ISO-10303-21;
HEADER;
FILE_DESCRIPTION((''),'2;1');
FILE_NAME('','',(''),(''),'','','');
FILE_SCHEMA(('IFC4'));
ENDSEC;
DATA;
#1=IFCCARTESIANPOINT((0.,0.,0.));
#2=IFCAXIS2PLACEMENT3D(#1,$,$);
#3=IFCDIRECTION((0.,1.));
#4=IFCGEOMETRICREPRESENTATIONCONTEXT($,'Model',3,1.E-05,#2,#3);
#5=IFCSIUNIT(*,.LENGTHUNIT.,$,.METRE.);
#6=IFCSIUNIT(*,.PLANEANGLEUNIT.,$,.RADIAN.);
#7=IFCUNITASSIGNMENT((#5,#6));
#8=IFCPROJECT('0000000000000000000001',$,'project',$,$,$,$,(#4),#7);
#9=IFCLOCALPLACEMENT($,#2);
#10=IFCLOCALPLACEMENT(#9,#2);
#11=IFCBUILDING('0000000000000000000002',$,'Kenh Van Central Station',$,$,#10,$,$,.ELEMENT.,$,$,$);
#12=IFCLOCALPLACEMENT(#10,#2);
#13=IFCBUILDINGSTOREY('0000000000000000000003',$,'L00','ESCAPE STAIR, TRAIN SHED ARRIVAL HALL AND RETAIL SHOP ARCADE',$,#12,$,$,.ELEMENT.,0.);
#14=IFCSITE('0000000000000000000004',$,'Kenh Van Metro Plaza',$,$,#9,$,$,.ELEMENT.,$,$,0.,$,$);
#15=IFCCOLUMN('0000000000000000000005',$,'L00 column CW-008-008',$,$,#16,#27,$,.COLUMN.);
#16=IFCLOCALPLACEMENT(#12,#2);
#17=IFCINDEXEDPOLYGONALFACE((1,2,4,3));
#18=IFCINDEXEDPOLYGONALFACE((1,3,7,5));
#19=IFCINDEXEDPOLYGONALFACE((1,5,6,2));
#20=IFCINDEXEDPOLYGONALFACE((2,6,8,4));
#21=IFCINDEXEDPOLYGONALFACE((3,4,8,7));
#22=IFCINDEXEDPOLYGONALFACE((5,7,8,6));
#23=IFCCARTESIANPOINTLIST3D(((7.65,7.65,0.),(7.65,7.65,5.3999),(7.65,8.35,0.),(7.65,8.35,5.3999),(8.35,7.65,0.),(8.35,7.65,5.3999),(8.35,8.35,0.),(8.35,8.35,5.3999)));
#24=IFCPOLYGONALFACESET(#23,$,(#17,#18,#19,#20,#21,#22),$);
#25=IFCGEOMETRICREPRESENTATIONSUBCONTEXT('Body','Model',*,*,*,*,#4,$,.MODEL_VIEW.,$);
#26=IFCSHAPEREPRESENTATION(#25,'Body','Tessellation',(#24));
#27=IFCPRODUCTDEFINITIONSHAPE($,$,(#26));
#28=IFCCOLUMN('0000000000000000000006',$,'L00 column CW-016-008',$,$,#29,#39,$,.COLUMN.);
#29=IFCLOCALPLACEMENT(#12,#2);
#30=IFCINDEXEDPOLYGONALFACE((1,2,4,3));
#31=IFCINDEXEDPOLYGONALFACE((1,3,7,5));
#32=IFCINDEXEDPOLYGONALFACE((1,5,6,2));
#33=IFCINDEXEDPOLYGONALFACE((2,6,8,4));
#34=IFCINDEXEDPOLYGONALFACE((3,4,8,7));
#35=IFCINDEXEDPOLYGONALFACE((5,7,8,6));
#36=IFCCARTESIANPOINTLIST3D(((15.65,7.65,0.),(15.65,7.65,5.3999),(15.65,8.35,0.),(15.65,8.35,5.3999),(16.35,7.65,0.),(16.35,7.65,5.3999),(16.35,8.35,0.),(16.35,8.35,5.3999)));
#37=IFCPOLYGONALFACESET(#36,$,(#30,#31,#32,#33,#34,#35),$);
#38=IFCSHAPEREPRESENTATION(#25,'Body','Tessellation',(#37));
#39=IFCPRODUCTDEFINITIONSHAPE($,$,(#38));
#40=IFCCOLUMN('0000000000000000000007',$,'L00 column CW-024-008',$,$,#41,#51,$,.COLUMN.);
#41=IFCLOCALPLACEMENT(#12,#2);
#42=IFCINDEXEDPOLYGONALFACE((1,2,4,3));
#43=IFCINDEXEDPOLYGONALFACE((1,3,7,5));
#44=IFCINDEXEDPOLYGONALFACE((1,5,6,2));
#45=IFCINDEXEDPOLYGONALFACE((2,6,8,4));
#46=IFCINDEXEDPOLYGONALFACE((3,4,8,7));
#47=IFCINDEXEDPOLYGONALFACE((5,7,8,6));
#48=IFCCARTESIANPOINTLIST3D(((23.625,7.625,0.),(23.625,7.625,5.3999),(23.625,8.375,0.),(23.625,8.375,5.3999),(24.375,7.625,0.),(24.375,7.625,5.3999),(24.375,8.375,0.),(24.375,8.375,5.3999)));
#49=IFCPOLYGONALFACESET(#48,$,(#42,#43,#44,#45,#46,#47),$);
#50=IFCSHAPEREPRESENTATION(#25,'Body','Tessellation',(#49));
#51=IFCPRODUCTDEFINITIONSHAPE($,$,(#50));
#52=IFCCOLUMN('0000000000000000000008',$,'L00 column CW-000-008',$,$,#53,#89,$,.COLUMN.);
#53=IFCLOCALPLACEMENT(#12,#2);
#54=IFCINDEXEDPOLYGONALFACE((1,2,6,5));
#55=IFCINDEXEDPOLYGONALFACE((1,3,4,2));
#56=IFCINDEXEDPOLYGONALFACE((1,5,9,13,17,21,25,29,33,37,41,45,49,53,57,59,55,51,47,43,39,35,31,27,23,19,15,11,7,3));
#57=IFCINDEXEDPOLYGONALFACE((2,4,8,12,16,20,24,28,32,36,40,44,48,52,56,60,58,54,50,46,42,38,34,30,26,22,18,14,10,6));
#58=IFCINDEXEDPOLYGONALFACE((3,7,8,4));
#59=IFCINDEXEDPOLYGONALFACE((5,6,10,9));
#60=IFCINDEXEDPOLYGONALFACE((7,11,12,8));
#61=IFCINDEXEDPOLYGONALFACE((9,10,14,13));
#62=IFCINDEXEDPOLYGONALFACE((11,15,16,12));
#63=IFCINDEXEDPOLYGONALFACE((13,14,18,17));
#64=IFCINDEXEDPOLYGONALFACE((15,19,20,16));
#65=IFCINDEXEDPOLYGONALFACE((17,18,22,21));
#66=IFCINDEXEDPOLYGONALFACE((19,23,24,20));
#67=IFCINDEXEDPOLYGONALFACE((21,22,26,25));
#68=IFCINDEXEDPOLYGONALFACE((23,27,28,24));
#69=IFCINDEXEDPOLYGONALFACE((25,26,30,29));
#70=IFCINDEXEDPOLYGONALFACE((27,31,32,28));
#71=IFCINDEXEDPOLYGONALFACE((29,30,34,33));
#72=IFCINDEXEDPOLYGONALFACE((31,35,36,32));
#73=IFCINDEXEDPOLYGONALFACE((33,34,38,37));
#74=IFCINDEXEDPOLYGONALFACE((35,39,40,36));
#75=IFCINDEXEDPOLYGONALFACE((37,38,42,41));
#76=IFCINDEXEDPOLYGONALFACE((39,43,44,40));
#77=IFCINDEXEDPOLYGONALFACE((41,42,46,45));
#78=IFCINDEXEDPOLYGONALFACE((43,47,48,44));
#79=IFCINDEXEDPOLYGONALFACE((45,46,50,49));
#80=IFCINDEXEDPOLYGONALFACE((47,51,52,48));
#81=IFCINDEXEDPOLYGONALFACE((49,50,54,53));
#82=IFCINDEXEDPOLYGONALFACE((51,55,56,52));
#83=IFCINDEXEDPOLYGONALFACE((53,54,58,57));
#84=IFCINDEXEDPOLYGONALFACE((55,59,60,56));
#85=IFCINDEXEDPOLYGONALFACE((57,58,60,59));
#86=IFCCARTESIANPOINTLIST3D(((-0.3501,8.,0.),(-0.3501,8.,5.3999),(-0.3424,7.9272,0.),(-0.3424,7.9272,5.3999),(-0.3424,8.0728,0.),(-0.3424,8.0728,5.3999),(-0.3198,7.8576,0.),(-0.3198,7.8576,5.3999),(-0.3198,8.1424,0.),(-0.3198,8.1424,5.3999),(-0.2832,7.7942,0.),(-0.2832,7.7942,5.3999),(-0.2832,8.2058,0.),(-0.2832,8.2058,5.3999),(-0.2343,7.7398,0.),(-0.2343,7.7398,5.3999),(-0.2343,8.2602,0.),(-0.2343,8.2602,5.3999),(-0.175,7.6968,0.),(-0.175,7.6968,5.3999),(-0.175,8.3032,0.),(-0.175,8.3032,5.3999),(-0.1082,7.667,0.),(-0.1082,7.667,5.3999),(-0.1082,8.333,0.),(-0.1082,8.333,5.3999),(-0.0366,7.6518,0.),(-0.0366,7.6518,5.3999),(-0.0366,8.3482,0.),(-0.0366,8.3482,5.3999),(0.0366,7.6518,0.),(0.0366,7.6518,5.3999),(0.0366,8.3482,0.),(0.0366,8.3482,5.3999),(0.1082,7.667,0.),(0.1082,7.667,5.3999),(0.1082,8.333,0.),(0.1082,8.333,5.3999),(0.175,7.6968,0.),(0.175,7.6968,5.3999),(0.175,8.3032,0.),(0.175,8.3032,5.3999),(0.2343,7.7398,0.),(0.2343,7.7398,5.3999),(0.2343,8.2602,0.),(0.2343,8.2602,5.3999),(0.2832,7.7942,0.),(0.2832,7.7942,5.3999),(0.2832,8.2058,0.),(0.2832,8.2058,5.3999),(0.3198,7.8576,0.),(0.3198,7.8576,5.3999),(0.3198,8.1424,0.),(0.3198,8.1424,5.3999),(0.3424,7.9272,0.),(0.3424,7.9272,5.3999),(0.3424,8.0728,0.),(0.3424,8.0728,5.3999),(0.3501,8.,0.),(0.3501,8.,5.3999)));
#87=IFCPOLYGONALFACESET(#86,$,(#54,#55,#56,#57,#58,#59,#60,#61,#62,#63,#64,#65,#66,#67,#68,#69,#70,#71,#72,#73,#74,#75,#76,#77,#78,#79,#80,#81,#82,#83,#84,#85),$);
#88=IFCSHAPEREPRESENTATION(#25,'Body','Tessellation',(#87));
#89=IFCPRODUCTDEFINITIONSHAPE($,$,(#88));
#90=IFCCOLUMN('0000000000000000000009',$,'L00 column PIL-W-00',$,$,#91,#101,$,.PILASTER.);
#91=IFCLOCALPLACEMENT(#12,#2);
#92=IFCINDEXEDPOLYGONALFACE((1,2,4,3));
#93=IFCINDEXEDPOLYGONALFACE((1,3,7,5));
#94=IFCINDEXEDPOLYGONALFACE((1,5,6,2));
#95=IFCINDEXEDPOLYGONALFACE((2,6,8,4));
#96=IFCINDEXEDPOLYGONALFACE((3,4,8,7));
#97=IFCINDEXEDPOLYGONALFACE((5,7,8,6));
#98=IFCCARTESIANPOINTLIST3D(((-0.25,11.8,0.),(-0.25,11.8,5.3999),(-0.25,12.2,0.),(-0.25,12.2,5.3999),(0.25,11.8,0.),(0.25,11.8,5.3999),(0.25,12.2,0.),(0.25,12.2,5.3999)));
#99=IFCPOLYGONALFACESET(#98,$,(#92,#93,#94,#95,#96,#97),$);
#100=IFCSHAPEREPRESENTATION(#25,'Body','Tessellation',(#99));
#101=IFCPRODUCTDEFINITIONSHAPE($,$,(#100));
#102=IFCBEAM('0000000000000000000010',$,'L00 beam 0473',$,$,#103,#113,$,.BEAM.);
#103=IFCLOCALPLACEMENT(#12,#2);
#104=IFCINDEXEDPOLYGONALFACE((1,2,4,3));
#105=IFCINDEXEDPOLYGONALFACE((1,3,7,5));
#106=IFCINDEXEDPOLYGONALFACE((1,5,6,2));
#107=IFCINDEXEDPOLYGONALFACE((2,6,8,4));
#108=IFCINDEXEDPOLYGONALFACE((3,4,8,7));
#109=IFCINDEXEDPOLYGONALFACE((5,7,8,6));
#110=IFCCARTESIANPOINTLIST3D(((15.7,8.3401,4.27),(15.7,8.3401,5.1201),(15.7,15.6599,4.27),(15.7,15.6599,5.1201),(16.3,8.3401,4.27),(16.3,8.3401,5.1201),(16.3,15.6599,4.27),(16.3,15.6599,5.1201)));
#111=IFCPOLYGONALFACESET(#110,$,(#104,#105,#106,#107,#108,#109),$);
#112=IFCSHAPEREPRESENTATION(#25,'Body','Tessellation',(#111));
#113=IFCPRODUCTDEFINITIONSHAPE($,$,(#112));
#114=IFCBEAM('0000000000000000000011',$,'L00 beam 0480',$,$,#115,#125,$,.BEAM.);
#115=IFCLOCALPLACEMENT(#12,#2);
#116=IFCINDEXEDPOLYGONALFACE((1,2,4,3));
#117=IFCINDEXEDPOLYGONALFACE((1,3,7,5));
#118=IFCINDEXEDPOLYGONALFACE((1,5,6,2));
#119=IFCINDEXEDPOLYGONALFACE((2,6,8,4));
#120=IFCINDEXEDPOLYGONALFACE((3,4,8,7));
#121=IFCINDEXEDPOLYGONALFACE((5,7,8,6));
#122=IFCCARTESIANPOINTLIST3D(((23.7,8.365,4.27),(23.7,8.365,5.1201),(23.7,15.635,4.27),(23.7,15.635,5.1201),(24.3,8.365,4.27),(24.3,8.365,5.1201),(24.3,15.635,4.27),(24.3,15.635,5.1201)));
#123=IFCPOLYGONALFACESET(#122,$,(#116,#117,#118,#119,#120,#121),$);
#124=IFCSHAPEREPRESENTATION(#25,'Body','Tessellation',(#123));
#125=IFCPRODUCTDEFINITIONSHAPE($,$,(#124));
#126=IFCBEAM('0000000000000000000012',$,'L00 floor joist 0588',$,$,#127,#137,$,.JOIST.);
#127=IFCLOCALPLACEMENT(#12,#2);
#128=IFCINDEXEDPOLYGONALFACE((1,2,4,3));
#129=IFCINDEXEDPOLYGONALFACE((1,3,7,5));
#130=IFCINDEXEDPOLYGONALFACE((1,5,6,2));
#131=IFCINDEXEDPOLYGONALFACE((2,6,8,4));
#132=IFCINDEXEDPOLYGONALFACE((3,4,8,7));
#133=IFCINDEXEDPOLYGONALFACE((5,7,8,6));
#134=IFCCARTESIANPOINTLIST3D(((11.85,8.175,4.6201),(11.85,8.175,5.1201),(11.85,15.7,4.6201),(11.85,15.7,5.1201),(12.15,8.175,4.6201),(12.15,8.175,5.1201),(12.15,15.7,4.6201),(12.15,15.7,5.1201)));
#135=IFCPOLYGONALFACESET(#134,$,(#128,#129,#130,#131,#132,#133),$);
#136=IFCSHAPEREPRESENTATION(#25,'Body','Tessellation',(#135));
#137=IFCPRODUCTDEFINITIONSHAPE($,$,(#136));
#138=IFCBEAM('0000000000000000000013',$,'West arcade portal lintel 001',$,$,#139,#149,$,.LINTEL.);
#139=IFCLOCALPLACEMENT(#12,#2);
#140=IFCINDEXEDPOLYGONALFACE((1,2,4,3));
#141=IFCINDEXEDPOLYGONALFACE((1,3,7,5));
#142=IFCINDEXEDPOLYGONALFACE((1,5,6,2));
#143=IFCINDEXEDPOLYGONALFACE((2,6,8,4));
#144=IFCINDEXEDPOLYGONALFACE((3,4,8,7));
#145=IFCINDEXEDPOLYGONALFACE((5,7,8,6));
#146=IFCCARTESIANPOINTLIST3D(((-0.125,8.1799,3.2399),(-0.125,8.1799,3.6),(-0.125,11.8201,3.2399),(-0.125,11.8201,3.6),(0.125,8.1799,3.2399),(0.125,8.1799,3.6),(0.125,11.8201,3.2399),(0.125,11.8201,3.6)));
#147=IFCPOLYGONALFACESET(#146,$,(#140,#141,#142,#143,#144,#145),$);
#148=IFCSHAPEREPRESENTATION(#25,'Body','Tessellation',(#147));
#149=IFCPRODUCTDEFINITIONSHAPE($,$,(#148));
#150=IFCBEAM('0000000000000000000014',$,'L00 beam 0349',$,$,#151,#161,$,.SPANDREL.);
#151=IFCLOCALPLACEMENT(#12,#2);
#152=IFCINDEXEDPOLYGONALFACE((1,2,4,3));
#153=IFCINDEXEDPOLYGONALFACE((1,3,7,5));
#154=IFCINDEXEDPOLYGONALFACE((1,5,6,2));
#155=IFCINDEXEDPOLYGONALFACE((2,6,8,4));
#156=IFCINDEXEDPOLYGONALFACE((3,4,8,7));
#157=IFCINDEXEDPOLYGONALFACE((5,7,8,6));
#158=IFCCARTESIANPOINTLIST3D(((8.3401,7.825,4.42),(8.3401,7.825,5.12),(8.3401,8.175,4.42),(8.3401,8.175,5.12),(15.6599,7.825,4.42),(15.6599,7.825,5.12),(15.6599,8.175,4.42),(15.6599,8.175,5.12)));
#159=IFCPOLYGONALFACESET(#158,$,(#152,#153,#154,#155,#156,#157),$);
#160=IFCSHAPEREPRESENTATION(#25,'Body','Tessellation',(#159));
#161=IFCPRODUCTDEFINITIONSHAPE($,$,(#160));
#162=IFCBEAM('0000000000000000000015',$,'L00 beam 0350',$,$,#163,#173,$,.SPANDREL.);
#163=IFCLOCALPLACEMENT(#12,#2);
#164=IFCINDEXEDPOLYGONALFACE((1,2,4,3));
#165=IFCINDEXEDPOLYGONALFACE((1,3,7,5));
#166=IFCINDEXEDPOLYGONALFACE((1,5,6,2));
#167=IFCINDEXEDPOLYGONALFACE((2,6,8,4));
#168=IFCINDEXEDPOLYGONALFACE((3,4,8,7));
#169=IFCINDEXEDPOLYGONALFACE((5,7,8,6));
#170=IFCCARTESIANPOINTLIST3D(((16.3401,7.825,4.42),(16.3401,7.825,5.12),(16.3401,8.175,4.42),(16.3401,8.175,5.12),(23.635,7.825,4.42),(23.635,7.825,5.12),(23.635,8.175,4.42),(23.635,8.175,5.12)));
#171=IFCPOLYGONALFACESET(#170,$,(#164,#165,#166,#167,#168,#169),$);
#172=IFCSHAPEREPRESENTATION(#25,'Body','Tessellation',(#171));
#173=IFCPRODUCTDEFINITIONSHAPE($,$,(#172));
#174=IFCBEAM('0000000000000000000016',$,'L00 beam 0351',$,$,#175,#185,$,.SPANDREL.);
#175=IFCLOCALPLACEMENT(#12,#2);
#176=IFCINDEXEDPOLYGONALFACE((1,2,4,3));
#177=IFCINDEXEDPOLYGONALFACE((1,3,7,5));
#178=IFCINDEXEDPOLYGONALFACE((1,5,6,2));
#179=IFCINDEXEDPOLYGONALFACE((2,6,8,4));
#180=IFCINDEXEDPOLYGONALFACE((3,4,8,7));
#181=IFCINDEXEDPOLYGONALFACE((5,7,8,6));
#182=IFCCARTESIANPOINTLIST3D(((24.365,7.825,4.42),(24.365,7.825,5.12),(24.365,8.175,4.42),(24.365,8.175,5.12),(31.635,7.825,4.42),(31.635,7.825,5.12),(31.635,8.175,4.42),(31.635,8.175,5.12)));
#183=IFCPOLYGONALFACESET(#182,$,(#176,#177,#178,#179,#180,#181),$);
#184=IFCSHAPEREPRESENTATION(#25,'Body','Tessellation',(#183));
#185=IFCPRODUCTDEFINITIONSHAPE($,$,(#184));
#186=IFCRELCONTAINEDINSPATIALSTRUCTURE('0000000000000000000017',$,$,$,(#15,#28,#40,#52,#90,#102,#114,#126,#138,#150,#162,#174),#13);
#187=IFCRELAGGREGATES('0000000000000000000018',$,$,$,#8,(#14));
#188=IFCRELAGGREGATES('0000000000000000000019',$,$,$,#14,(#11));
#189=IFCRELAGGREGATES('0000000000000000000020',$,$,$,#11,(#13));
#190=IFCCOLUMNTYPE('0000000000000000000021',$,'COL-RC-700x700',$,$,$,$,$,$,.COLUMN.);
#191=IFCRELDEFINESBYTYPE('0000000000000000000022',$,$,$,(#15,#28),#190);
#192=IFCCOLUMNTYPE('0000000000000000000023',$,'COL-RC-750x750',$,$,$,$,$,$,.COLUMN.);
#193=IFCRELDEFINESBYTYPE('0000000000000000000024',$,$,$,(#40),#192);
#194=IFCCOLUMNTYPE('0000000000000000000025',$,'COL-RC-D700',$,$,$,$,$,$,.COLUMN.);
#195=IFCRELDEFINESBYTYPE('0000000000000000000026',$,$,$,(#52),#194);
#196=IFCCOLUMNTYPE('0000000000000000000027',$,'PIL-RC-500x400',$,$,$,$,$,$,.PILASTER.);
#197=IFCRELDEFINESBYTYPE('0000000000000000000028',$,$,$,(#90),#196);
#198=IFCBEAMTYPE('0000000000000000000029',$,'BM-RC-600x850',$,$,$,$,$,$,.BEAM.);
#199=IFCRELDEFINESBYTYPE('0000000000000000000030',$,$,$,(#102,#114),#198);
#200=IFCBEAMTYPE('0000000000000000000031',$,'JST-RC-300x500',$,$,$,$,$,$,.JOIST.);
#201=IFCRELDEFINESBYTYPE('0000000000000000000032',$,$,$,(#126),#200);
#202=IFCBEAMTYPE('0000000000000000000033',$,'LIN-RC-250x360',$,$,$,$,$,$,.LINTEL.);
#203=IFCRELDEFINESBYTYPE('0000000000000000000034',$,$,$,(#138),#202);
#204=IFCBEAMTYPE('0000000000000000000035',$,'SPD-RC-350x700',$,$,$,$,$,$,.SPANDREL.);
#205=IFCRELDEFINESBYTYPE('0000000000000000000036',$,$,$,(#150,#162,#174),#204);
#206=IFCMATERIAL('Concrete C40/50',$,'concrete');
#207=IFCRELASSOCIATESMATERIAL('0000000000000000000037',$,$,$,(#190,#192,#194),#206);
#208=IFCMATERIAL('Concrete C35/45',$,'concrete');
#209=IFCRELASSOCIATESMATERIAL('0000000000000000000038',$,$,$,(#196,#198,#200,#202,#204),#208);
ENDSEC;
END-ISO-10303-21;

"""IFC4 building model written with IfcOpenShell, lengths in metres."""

from ifc_helpers import new_model, si_unit, direction, frame, origin, origin_2d, place, context, subcontext, project, spatial, rectangle, circle, extrude, material, material_profile, profile_set, type_object, element, save


model = new_model("IFC4")

# Units and contexts
model_context = context("Model", 3, precision=1e-05, world=origin(), true_north=direction((0.0, 1.0)))
body_context = subcontext(model_context, "Body", "Model", "MODEL_VIEW")
ifc_project = project(units=[si_unit("LENGTHUNIT", "METRE"), si_unit("PLANEANGLEUNIT", "RADIAN")], contexts=[model_context])

# Site, building, storey
site_placement = place(None, origin())
site = spatial("IfcSite", under=ifc_project, at=site_placement, Name="Kenh Van Metro Plaza", CompositionType="ELEMENT", RefElevation=0.0)
building_placement = place(site_placement, origin())
building = spatial("IfcBuilding", under=site, at=building_placement, Name="Kenh Van Central Station", CompositionType="ELEMENT")
storey_placement = place(building_placement, origin())
storey = spatial("IfcBuildingStorey", under=building, at=storey_placement, Name="L00", Description="ESCAPE STAIR, TRAIN SHED ARRIVAL HALL AND RETAIL SHOP ARCADE", CompositionType="ELEMENT", Elevation=0.0)

# Columns
ifc_material_1 = material(Name="Concrete C40/50", Category="concrete")
ifc_material_profile_1 = material_profile(ifc_material_1, rectangle(XDim=0.7, YDim=0.7, at=origin_2d()), Name="RC 700x700")
ifc_profile_set_1 = profile_set([ifc_material_profile_1], Name="Concrete C40/50")
column_type_1 = type_object("IfcColumnType", Name="COL-RC-700x700", PredefinedType="COLUMN", material=ifc_profile_set_1)
for number, where, z_axis, x_axis, name in (
    (1, (8.0, 8.0, 0.0), (0.0, 0.0, 1.0), (1.0, 0.0, 0.0), "L00 column CW-008-008"),
    (2, (16.0, 8.0, 0.0), (0.0, 0.0, 1.0), (1.0, 0.0, 0.0), "L00 column CW-016-008"),
):
    element("IfcColumn", number, at=place(storey_placement, frame(where, z_axis=z_axis, x_axis=x_axis)), inside=storey, type_object=column_type_1, Name=name, PredefinedType="COLUMN", context=body_context, shape_type="SweptSolid", body=[
        extrude(rectangle(XDim=0.7, YDim=0.7, at=origin_2d()), origin(), (0.0, 0.0, 1.0), 5.3999),
    ])
ifc_material_profile_2 = material_profile(ifc_material_1, rectangle(XDim=0.75, YDim=0.75, at=origin_2d()), Name="RC 750x750")
ifc_profile_set_2 = profile_set([ifc_material_profile_2], Name="Concrete C40/50")
column_type_2 = type_object("IfcColumnType", Name="COL-RC-750x750", PredefinedType="COLUMN", material=ifc_profile_set_2)
column_1_placement = place(storey_placement, frame((24.0, 8.0, 0.0), z_axis=(0.0, 0.0, 1.0), x_axis=(1.0, 0.0, 0.0)))
element("IfcColumn", 3, at=column_1_placement, inside=storey, type_object=column_type_2, Name="L00 column CW-024-008", PredefinedType="COLUMN", context=body_context, shape_type="SweptSolid", body=[
    extrude(rectangle(XDim=0.75, YDim=0.75, at=origin_2d()), origin(), (0.0, 0.0, 1.0), 5.3999),
])
ifc_material_profile_3 = material_profile(ifc_material_1, circle(Radius=0.3501, at=origin_2d()), Name="RC D700")
ifc_profile_set_3 = profile_set([ifc_material_profile_3], Name="Concrete C40/50")
column_type_3 = type_object("IfcColumnType", Name="COL-RC-D700", PredefinedType="COLUMN", material=ifc_profile_set_3)
column_2_placement = place(storey_placement, frame((0.0, 8.0, 0.0), z_axis=(0.0, 0.0, 1.0), x_axis=(1.0, 0.0, 0.0)))
element("IfcColumn", 4, at=column_2_placement, inside=storey, type_object=column_type_3, Name="L00 column CW-000-008", PredefinedType="COLUMN", context=body_context, shape_type="SweptSolid", body=[
    extrude(circle(Radius=0.3501, at=origin_2d()), origin(), (0.0, 0.0, 1.0), 5.3999),
])
ifc_material_2 = material(Name="Concrete C35/45", Category="concrete")
ifc_material_profile_4 = material_profile(ifc_material_2, rectangle(XDim=0.5, YDim=0.3999, at=origin_2d()), Name="RC 500x400")
ifc_profile_set_4 = profile_set([ifc_material_profile_4], Name="Concrete C35/45")
column_type_4 = type_object("IfcColumnType", Name="PIL-RC-500x400", PredefinedType="PILASTER", material=ifc_profile_set_4)
column_3_placement = place(storey_placement, frame((0.0, 12.0, 0.0), z_axis=(0.0, 0.0, 1.0), x_axis=(1.0, 0.0, 0.0)))
element("IfcColumn", 5, at=column_3_placement, inside=storey, type_object=column_type_4, Name="L00 column PIL-W-00", PredefinedType="PILASTER", context=body_context, shape_type="SweptSolid", body=[
    extrude(rectangle(XDim=0.5, YDim=0.3999, at=origin_2d()), origin(), (0.0, 0.0, 1.0), 5.3999),
])

# Beams
ifc_material_profile_5 = material_profile(ifc_material_2, rectangle(XDim=0.6001, YDim=0.8501, at=origin_2d()), Name="RC 600x850")
ifc_profile_set_5 = profile_set([ifc_material_profile_5], Name="Concrete C35/45")
beam_type_1 = type_object("IfcBeamType", Name="BM-RC-600x850", PredefinedType="BEAM", material=ifc_profile_set_5)
beam_1_placement = place(storey_placement, frame((16.0, 8.3401, 4.6951), z_axis=(0.0, 1.0, 0.0), x_axis=(-1.0, 0.0, 0.0)))
element("IfcBeam", 6, at=beam_1_placement, inside=storey, type_object=beam_type_1, Name="L00 beam 0473", PredefinedType="BEAM", context=body_context, shape_type="SweptSolid", body=[
    extrude(rectangle(XDim=0.6001, YDim=0.8501, at=origin_2d()), origin(), (0.0, 0.0, 1.0), 7.3198),
])
beam_2_placement = place(storey_placement, frame((24.0, 8.365, 4.6951), z_axis=(0.0, 1.0, 0.0), x_axis=(-1.0, 0.0, 0.0)))
element("IfcBeam", 7, at=beam_2_placement, inside=storey, type_object=beam_type_1, Name="L00 beam 0480", PredefinedType="BEAM", context=body_context, shape_type="SweptSolid", body=[
    extrude(rectangle(XDim=0.6001, YDim=0.8501, at=origin_2d()), origin(), (0.0, 0.0, 1.0), 7.27),
])
ifc_material_profile_6 = material_profile(ifc_material_2, rectangle(XDim=0.3, YDim=0.5, at=origin_2d()), Name="RC 300x500")
ifc_profile_set_6 = profile_set([ifc_material_profile_6], Name="Concrete C35/45")
beam_type_2 = type_object("IfcBeamType", Name="JST-RC-300x500", PredefinedType="JOIST", material=ifc_profile_set_6)
beam_3_placement = place(storey_placement, frame((12.0, 8.175, 4.8701), z_axis=(0.0, 1.0, 0.0), x_axis=(-1.0, 0.0, 0.0)))
element("IfcBeam", 8, at=beam_3_placement, inside=storey, type_object=beam_type_2, Name="L00 floor joist 0588", PredefinedType="JOIST", context=body_context, shape_type="SweptSolid", body=[
    extrude(rectangle(XDim=0.3, YDim=0.5, at=origin_2d()), origin(), (0.0, 0.0, 1.0), 7.5249),
])
ifc_material_profile_7 = material_profile(ifc_material_2, rectangle(XDim=0.25, YDim=0.3601, at=origin_2d()), Name="RC 250x360")
ifc_profile_set_7 = profile_set([ifc_material_profile_7], Name="Concrete C35/45")
beam_type_3 = type_object("IfcBeamType", Name="LIN-RC-250x360", PredefinedType="LINTEL", material=ifc_profile_set_7)
beam_4_placement = place(storey_placement, frame((0.0, 8.1799, 3.4199), z_axis=(0.0, 1.0, 0.0), x_axis=(-1.0, 0.0, 0.0)))
element("IfcBeam", 9, at=beam_4_placement, inside=storey, type_object=beam_type_3, Name="West arcade portal lintel 001", PredefinedType="LINTEL", context=body_context, shape_type="SweptSolid", body=[
    extrude(rectangle(XDim=0.25, YDim=0.3601, at=origin_2d()), origin(), (0.0, 0.0, 1.0), 3.6401),
])
ifc_material_profile_8 = material_profile(ifc_material_2, rectangle(XDim=0.3501, YDim=0.7, at=origin_2d()), Name="RC 350x700")
ifc_profile_set_8 = profile_set([ifc_material_profile_8], Name="Concrete C35/45")
beam_type_4 = type_object("IfcBeamType", Name="SPD-RC-350x700", PredefinedType="SPANDREL", material=ifc_profile_set_8)
beam_5_placement = place(storey_placement, frame((8.3401, 8.0, 4.77), z_axis=(1.0, 0.0, 0.0), x_axis=(0.0, 1.0, 0.0)))
element("IfcBeam", 10, at=beam_5_placement, inside=storey, type_object=beam_type_4, Name="L00 beam 0349", PredefinedType="SPANDREL", context=body_context, shape_type="SweptSolid", body=[
    extrude(rectangle(XDim=0.3501, YDim=0.7, at=origin_2d()), origin(), (0.0, 0.0, 1.0), 7.3198),
])
beam_6_placement = place(storey_placement, frame((16.3401, 8.0, 4.77), z_axis=(1.0, 0.0, 0.0), x_axis=(0.0, 1.0, 0.0)))
element("IfcBeam", 11, at=beam_6_placement, inside=storey, type_object=beam_type_4, Name="L00 beam 0350", PredefinedType="SPANDREL", context=body_context, shape_type="SweptSolid", body=[
    extrude(rectangle(XDim=0.3501, YDim=0.7, at=origin_2d()), origin(), (0.0, 0.0, 1.0), 7.2949),
])
beam_7_placement = place(storey_placement, frame((24.365, 8.0, 4.77), z_axis=(1.0, 0.0, 0.0), x_axis=(0.0, 1.0, 0.0)))
element("IfcBeam", 12, at=beam_7_placement, inside=storey, type_object=beam_type_4, Name="L00 beam 0351", PredefinedType="SPANDREL", context=body_context, shape_type="SweptSolid", body=[
    extrude(rectangle(XDim=0.3501, YDim=0.7, at=origin_2d()), origin(), (0.0, 0.0, 1.0), 7.27),
])

save(model, "model.ifc")
